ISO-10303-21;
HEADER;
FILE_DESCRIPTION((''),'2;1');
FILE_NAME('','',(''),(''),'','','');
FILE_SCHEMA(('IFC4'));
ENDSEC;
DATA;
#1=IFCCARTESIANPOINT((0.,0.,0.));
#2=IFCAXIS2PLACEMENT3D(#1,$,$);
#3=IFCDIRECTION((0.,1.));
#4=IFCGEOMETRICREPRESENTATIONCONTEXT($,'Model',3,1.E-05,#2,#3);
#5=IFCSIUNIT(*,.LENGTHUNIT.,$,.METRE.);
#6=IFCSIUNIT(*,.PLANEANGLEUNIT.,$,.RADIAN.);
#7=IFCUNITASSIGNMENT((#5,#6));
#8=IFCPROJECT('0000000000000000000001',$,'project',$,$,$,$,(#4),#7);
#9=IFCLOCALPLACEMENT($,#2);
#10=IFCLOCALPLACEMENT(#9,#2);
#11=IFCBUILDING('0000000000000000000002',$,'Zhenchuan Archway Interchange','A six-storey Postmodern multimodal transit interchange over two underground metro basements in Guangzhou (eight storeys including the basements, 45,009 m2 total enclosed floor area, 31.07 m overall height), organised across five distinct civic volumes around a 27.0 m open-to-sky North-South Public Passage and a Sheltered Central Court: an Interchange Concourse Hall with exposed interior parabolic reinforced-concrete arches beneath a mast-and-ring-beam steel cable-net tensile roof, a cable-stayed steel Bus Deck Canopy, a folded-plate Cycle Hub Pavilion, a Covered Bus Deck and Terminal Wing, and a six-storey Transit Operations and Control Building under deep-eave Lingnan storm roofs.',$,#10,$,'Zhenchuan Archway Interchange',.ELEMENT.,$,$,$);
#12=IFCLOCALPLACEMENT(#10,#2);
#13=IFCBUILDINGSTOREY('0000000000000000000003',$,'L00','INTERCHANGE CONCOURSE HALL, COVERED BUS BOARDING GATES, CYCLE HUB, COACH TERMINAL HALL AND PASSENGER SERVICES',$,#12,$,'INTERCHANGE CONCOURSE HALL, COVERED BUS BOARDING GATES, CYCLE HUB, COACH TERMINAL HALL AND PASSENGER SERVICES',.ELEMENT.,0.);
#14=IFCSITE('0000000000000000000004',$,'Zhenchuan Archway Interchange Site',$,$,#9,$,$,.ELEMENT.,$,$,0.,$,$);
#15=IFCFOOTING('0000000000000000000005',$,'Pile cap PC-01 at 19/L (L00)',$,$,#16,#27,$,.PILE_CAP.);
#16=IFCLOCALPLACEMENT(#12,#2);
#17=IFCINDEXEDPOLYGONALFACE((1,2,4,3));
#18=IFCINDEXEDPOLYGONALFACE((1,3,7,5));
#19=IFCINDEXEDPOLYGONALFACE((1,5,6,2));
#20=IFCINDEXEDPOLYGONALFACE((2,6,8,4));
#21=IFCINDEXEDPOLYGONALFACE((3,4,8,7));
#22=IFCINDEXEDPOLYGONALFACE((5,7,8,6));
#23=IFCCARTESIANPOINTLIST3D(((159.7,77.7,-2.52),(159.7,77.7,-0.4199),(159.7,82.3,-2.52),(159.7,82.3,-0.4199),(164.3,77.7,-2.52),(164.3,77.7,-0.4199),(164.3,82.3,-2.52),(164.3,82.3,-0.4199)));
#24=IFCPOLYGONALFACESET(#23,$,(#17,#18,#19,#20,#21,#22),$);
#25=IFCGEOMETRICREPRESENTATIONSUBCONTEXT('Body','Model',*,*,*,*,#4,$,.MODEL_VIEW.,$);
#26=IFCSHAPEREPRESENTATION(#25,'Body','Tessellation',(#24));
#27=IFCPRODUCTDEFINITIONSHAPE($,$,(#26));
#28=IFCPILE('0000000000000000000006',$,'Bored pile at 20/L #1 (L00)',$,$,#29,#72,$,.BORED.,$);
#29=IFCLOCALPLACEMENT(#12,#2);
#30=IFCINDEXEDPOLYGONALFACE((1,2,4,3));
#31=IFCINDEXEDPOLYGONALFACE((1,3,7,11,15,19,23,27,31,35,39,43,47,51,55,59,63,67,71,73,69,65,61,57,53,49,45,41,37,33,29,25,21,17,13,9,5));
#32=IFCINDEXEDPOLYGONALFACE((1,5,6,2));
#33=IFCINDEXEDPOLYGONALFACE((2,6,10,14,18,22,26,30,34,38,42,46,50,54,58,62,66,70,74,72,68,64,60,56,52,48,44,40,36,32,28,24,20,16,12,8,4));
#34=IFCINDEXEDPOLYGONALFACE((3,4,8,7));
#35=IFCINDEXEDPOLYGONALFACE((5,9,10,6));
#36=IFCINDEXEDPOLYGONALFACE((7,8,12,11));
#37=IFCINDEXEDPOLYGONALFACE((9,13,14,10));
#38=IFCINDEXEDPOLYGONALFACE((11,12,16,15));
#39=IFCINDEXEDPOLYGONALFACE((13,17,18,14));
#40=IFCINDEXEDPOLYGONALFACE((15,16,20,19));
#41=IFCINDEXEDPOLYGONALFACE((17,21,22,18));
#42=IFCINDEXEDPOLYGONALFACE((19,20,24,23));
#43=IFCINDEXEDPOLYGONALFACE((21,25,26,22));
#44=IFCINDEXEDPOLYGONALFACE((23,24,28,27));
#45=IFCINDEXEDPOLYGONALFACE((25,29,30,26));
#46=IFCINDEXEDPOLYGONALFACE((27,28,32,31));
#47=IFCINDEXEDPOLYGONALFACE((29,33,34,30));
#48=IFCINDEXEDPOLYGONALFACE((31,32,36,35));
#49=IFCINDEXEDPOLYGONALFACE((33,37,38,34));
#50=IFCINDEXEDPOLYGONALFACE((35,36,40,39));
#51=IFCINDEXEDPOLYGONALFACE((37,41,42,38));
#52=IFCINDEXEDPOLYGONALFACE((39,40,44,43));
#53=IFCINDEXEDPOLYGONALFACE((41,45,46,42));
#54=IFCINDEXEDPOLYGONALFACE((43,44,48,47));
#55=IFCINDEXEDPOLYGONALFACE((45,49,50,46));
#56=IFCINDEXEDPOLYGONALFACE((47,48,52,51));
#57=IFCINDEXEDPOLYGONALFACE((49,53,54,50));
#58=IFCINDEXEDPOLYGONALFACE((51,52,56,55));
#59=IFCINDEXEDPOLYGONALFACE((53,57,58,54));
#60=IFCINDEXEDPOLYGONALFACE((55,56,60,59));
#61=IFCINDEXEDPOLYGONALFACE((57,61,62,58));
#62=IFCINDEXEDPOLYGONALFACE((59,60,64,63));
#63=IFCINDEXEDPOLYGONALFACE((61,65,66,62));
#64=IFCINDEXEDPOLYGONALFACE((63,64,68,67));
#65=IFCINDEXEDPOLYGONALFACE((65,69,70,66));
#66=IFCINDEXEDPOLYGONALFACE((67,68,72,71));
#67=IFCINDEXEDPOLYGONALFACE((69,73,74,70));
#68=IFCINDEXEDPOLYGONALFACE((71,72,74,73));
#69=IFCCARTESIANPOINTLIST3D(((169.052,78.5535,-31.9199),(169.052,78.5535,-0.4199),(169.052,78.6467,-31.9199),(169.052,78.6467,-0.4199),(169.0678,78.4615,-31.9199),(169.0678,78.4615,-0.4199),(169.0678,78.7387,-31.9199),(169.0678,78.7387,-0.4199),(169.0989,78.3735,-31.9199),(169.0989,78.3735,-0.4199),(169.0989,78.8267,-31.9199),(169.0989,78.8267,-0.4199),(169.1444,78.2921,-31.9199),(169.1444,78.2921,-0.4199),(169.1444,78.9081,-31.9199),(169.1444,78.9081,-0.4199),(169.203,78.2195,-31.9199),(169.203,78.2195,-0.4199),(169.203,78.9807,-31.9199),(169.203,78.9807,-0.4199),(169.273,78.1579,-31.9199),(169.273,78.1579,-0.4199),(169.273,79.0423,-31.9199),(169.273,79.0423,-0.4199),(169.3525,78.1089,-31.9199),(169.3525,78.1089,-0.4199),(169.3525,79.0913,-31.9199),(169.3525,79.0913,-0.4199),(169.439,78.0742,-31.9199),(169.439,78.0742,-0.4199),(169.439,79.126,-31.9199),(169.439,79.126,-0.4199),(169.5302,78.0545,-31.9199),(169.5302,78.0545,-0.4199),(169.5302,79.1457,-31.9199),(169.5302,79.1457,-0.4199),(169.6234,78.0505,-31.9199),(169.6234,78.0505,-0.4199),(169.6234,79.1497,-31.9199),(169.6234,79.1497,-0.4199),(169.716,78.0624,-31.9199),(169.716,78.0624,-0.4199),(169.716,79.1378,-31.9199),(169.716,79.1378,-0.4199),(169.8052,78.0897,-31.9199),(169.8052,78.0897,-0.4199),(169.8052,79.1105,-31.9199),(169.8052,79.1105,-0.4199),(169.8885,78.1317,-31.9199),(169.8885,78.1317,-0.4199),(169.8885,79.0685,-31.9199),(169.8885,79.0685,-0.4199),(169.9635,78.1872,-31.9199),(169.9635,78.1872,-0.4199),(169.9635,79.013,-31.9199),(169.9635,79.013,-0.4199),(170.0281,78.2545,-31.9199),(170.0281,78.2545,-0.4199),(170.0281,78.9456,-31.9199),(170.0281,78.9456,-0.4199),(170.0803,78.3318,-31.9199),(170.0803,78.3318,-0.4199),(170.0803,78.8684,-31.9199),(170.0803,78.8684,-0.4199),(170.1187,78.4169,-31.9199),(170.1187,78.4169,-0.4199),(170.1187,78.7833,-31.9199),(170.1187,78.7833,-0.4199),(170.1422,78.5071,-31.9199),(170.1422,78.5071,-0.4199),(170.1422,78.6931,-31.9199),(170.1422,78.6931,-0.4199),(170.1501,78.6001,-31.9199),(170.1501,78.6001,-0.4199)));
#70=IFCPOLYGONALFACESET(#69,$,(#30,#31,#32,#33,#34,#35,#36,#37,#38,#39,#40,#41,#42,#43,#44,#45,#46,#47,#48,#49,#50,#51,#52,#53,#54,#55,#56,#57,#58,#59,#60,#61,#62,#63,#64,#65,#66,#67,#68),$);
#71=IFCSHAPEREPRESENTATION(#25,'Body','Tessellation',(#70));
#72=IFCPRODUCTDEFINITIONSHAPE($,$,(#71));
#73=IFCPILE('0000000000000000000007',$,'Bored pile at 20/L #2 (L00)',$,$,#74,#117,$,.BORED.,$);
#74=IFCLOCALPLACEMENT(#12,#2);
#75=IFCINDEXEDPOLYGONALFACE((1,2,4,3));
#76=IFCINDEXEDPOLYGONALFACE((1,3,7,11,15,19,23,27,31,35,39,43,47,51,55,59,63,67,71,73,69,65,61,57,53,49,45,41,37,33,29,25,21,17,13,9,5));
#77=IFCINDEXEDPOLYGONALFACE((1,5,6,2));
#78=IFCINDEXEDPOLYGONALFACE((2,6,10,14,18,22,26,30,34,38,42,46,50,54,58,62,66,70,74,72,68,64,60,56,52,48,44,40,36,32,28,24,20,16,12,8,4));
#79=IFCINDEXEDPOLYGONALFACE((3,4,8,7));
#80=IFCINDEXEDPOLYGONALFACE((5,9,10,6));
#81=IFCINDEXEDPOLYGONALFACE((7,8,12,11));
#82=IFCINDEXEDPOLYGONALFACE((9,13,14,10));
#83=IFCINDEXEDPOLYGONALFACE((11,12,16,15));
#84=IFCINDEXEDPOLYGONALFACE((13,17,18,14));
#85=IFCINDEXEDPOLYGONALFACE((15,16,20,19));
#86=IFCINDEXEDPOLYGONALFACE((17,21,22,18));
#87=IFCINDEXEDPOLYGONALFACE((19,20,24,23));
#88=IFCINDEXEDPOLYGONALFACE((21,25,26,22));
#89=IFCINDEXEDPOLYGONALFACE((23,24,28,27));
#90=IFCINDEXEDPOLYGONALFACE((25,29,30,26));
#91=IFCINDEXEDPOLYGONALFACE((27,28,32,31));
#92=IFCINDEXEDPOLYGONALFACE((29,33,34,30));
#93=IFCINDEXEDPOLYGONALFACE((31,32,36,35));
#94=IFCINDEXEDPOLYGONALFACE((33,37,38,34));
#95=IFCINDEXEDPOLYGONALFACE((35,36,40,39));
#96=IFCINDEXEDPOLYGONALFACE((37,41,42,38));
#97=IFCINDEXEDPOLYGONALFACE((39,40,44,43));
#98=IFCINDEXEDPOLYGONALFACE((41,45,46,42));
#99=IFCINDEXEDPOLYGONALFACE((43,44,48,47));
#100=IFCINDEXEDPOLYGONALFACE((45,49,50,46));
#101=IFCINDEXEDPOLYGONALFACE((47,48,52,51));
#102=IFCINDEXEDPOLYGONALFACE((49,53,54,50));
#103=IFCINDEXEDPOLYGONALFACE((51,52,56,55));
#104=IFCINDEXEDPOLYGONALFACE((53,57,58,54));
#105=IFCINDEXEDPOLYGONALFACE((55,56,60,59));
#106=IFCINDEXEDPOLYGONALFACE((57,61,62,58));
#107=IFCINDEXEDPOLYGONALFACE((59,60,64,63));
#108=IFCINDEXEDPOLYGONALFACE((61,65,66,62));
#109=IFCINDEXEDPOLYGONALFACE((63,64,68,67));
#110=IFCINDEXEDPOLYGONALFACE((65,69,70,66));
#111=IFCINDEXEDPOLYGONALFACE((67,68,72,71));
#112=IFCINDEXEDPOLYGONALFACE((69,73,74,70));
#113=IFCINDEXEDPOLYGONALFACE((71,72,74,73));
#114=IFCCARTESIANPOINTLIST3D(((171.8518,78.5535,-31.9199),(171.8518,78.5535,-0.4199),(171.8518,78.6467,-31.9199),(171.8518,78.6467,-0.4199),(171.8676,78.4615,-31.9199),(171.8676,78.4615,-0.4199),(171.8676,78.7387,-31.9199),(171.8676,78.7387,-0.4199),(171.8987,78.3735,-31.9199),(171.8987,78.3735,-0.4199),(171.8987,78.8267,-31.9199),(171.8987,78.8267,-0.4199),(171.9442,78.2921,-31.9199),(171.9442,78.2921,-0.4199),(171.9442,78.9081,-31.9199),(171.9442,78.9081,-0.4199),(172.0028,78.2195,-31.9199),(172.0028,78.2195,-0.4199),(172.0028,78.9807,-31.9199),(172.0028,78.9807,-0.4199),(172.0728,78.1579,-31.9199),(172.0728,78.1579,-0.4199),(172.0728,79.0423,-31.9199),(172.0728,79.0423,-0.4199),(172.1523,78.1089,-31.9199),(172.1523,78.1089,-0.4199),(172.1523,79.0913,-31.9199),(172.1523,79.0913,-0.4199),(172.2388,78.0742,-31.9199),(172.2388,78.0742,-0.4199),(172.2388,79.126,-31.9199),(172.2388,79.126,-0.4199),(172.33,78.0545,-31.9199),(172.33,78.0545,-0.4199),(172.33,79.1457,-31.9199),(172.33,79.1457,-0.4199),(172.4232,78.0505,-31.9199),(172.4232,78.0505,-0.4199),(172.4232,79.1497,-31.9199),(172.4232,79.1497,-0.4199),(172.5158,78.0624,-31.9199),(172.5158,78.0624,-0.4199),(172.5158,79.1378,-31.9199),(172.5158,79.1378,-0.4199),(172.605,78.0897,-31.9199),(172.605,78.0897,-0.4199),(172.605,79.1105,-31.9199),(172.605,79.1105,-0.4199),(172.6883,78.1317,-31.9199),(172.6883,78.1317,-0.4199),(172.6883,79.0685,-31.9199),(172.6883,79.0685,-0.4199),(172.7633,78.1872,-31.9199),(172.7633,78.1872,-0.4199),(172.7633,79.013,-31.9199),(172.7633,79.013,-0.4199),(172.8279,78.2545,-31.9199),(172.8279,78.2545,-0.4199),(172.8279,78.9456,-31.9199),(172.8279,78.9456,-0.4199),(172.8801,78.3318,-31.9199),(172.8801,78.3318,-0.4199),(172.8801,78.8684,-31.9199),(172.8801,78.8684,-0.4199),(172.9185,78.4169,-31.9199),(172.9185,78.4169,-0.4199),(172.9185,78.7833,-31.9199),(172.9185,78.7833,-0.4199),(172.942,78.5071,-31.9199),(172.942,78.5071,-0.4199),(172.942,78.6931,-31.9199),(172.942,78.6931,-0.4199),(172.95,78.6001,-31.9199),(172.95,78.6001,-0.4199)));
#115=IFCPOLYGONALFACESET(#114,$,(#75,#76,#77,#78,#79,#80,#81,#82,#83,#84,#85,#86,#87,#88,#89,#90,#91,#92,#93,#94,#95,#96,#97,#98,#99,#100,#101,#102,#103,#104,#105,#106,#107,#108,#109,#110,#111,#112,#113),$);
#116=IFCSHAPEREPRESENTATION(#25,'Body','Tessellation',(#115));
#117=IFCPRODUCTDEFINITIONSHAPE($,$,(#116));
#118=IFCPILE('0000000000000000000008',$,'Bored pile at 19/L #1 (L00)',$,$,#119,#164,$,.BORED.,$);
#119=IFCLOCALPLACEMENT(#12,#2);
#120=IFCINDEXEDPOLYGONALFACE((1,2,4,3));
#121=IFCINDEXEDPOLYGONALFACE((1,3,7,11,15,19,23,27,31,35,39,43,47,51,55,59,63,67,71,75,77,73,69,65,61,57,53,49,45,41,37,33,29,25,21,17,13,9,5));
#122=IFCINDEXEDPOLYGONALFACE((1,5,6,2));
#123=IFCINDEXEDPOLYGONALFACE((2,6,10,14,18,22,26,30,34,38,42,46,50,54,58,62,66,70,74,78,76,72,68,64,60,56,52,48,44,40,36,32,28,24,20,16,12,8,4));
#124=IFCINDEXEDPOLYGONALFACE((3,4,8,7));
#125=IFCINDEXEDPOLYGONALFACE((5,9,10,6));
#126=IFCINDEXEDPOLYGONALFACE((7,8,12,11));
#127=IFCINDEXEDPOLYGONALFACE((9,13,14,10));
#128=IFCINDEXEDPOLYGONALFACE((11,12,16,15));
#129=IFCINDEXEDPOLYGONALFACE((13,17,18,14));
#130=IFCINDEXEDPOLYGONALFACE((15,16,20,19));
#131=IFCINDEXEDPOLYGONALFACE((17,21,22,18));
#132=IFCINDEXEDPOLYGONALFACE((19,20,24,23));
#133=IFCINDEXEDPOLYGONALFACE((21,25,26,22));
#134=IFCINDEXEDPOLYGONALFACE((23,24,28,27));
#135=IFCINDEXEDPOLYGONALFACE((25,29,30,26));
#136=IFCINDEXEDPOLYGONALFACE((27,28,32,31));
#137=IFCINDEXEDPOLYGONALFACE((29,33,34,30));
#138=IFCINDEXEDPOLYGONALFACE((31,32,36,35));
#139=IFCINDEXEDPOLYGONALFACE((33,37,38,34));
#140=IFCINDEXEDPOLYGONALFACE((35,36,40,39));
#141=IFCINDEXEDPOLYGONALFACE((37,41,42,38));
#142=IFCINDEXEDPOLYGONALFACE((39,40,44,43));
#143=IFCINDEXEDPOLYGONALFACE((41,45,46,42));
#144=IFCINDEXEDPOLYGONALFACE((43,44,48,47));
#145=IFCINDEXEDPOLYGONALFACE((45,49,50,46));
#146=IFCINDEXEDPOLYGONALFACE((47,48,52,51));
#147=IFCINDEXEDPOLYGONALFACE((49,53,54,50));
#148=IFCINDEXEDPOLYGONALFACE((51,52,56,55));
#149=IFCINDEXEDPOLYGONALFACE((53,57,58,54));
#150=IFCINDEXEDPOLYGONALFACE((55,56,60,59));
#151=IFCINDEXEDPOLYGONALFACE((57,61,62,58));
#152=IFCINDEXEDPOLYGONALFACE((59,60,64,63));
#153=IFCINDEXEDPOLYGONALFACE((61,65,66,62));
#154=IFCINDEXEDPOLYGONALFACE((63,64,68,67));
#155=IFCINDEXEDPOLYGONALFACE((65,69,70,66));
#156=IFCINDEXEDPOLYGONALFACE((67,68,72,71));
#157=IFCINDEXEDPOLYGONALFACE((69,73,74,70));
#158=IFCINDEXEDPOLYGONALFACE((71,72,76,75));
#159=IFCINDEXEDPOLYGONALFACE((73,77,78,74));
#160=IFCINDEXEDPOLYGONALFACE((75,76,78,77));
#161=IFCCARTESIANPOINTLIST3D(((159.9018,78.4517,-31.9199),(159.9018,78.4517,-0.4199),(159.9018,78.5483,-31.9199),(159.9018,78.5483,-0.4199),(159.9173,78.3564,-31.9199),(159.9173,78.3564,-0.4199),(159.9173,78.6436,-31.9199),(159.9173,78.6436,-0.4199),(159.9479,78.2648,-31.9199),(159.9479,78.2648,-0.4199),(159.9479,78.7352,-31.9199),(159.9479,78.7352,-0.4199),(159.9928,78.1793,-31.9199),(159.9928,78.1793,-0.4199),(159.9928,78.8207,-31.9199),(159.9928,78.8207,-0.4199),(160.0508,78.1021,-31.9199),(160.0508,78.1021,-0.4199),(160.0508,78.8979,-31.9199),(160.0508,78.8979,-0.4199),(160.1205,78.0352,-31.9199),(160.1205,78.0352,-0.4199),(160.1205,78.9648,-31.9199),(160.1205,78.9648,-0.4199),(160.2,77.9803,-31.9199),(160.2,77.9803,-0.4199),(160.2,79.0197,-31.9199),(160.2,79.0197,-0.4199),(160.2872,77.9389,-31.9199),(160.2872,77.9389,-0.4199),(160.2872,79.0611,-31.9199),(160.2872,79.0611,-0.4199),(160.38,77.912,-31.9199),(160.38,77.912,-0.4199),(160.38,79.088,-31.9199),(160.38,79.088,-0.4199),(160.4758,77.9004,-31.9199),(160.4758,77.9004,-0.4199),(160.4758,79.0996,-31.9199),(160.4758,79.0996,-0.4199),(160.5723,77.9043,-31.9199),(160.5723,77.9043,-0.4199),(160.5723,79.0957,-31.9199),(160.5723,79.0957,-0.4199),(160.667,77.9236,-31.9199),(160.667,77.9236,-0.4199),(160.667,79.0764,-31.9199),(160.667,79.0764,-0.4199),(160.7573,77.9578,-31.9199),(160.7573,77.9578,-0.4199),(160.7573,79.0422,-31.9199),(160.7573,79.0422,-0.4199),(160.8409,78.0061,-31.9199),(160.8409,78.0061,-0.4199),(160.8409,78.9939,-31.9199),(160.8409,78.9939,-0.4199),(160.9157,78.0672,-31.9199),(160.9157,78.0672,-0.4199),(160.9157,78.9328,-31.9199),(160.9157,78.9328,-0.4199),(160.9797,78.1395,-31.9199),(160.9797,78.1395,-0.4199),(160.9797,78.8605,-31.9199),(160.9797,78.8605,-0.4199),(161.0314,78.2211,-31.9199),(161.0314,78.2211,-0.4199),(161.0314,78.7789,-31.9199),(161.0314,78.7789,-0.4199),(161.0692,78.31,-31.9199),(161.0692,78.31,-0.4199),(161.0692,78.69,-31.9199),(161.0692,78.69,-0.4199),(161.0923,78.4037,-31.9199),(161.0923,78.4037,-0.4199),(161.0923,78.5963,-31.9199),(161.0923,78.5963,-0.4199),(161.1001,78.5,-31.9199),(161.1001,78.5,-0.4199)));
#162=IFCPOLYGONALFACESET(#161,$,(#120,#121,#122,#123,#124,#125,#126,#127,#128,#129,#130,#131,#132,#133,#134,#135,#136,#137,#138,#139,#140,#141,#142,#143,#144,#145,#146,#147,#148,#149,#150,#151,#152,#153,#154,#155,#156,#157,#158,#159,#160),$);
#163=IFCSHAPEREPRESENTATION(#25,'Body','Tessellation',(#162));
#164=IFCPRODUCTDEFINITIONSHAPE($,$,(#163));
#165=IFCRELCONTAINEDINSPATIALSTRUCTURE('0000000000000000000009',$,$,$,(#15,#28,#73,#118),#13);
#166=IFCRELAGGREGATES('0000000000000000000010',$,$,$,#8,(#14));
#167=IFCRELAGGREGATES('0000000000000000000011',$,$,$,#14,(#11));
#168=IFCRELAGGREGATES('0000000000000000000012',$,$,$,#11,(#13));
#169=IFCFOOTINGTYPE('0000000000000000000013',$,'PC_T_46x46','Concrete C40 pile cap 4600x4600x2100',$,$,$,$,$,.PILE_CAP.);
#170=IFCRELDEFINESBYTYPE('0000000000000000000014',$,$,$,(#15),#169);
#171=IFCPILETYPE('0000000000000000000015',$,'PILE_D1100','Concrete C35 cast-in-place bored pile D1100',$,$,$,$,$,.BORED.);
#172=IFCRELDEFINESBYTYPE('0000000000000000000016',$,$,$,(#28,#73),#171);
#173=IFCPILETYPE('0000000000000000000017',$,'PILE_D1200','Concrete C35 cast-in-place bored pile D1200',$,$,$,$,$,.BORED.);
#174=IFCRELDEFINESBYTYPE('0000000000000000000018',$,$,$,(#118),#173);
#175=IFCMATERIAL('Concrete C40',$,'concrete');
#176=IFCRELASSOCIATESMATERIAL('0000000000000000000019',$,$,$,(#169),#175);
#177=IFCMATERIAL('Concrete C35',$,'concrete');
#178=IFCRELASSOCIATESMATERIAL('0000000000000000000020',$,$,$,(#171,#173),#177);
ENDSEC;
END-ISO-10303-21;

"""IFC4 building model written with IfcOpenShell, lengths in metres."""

from ifc_helpers import new_model, si_unit, direction, frame, origin, origin_2d, place, context, subcontext, project, spatial, rectangle, circle, extrude, material, material_profile, profile_set, type_object, element, save


model = new_model("IFC4")

# Units and contexts
model_context = context("Model", 3, precision=1e-05, world=origin(), true_north=direction((0.0, 1.0)))
body_context = subcontext(model_context, "Body", "Model", "MODEL_VIEW")
ifc_project = project(units=[si_unit("LENGTHUNIT", "METRE"), si_unit("PLANEANGLEUNIT", "RADIAN")], contexts=[model_context])

# Site, building, storey
site_placement = place(None, origin())
site = spatial("IfcSite", under=ifc_project, at=site_placement, Name="Zhenchuan Archway Interchange Site", CompositionType="ELEMENT", RefElevation=0.0)
building_placement = place(site_placement, origin())
building = spatial("IfcBuilding", under=site, at=building_placement, Name="Zhenchuan Archway Interchange", Description="A six-storey Postmodern multimodal transit interchange over two underground metro basements in Guangzhou (eight storeys including the basements, 45,009 m2 total enclosed floor area, 31.07 m overall height), organised across five distinct civic volumes around a 27.0 m open-to-sky North-South Public Passage and a Sheltered Central Court: an Interchange Concourse Hall with exposed interior parabolic reinforced-concrete arches beneath a mast-and-ring-beam steel cable-net tensile roof, a cable-stayed steel Bus Deck Canopy, a folded-plate Cycle Hub Pavilion, a Covered Bus Deck and Terminal Wing, and a six-storey Transit Operations and Control Building under deep-eave Lingnan storm roofs.", LongName="Zhenchuan Archway Interchange", CompositionType="ELEMENT")
storey_placement = place(building_placement, origin())
storey = spatial("IfcBuildingStorey", under=building, at=storey_placement, Name="L00", Description="INTERCHANGE CONCOURSE HALL, COVERED BUS BOARDING GATES, CYCLE HUB, COACH TERMINAL HALL AND PASSENGER SERVICES", LongName="INTERCHANGE CONCOURSE HALL, COVERED BUS BOARDING GATES, CYCLE HUB, COACH TERMINAL HALL AND PASSENGER SERVICES", CompositionType="ELEMENT", Elevation=0.0)

# Footing
ifc_material_1 = material(Name="Concrete C40", Category="concrete")
footing_type = type_object("IfcFootingType", Name="PC_T_46x46", Description="Concrete C40 pile cap 4600x4600x2100", PredefinedType="PILE_CAP", material=ifc_material_1)
footing_placement = place(storey_placement, frame((162.0, 80.0, -2.52), z_axis=(0.0, 0.0, 1.0), x_axis=(1.0, 0.0, 0.0)))
element("IfcFooting", 1, at=footing_placement, inside=storey, type_object=footing_type, Name="Pile cap PC-01 at 19/L (L00)", PredefinedType="PILE_CAP", context=body_context, shape_type="SweptSolid", body=[
    extrude(rectangle(XDim=4.6001, YDim=4.6001, at=origin_2d()), origin(), (0.0, 0.0, 1.0), 2.1001),
])

# Piles
ifc_material_2 = material(Name="Concrete C35", Category="concrete")
ifc_material_profile_1 = material_profile(ifc_material_2, circle(Radius=0.55, at=origin_2d()), Name="BORED PILE 1100")
ifc_profile_set_1 = profile_set([ifc_material_profile_1], Name="Concrete C35")
pile_type_1 = type_object("IfcPileType", Name="PILE_D1100", Description="Concrete C35 cast-in-place bored pile D1100", PredefinedType="BORED", material=ifc_profile_set_1)
for number, where, z_axis, x_axis, name in (
    (2, (169.6001, 78.6001, -0.4199), (0.0, 0.0, -1.0), (1.0, 0.0, 0.0), "Bored pile at 20/L #1 (L00)"),
    (3, (172.3999, 78.6001, -0.4199), (0.0, 0.0, -1.0), (1.0, 0.0, 0.0), "Bored pile at 20/L #2 (L00)"),
):
    element("IfcPile", number, at=place(storey_placement, frame(where, z_axis=z_axis, x_axis=x_axis)), inside=storey, type_object=pile_type_1, Name=name, PredefinedType="BORED", context=body_context, shape_type="SweptSolid", body=[
        extrude(circle(Radius=0.55, at=origin_2d()), origin(), (0.0, 0.0, 1.0), 31.5),
    ])
ifc_material_profile_2 = material_profile(ifc_material_2, circle(Radius=0.6001, at=origin_2d()), Name="BORED PILE 1200")
ifc_profile_set_2 = profile_set([ifc_material_profile_2], Name="Concrete C35")
pile_type_2 = type_object("IfcPileType", Name="PILE_D1200", Description="Concrete C35 cast-in-place bored pile D1200", PredefinedType="BORED", material=ifc_profile_set_2)
for number, where, z_axis, x_axis, name in (
    (4, (160.5, 78.5, -0.4199), (0.0, 0.0, -1.0), (1.0, 0.0, 0.0), "Bored pile at 19/L #1 (L00)"),
):
    element("IfcPile", number, at=place(storey_placement, frame(where, z_axis=z_axis, x_axis=x_axis)), inside=storey, type_object=pile_type_2, Name=name, PredefinedType="BORED", context=body_context, shape_type="SweptSolid", body=[
        extrude(circle(Radius=0.6001, at=origin_2d()), origin(), (0.0, 0.0, 1.0), 31.5),
    ])

save(model, "model.ifc")
